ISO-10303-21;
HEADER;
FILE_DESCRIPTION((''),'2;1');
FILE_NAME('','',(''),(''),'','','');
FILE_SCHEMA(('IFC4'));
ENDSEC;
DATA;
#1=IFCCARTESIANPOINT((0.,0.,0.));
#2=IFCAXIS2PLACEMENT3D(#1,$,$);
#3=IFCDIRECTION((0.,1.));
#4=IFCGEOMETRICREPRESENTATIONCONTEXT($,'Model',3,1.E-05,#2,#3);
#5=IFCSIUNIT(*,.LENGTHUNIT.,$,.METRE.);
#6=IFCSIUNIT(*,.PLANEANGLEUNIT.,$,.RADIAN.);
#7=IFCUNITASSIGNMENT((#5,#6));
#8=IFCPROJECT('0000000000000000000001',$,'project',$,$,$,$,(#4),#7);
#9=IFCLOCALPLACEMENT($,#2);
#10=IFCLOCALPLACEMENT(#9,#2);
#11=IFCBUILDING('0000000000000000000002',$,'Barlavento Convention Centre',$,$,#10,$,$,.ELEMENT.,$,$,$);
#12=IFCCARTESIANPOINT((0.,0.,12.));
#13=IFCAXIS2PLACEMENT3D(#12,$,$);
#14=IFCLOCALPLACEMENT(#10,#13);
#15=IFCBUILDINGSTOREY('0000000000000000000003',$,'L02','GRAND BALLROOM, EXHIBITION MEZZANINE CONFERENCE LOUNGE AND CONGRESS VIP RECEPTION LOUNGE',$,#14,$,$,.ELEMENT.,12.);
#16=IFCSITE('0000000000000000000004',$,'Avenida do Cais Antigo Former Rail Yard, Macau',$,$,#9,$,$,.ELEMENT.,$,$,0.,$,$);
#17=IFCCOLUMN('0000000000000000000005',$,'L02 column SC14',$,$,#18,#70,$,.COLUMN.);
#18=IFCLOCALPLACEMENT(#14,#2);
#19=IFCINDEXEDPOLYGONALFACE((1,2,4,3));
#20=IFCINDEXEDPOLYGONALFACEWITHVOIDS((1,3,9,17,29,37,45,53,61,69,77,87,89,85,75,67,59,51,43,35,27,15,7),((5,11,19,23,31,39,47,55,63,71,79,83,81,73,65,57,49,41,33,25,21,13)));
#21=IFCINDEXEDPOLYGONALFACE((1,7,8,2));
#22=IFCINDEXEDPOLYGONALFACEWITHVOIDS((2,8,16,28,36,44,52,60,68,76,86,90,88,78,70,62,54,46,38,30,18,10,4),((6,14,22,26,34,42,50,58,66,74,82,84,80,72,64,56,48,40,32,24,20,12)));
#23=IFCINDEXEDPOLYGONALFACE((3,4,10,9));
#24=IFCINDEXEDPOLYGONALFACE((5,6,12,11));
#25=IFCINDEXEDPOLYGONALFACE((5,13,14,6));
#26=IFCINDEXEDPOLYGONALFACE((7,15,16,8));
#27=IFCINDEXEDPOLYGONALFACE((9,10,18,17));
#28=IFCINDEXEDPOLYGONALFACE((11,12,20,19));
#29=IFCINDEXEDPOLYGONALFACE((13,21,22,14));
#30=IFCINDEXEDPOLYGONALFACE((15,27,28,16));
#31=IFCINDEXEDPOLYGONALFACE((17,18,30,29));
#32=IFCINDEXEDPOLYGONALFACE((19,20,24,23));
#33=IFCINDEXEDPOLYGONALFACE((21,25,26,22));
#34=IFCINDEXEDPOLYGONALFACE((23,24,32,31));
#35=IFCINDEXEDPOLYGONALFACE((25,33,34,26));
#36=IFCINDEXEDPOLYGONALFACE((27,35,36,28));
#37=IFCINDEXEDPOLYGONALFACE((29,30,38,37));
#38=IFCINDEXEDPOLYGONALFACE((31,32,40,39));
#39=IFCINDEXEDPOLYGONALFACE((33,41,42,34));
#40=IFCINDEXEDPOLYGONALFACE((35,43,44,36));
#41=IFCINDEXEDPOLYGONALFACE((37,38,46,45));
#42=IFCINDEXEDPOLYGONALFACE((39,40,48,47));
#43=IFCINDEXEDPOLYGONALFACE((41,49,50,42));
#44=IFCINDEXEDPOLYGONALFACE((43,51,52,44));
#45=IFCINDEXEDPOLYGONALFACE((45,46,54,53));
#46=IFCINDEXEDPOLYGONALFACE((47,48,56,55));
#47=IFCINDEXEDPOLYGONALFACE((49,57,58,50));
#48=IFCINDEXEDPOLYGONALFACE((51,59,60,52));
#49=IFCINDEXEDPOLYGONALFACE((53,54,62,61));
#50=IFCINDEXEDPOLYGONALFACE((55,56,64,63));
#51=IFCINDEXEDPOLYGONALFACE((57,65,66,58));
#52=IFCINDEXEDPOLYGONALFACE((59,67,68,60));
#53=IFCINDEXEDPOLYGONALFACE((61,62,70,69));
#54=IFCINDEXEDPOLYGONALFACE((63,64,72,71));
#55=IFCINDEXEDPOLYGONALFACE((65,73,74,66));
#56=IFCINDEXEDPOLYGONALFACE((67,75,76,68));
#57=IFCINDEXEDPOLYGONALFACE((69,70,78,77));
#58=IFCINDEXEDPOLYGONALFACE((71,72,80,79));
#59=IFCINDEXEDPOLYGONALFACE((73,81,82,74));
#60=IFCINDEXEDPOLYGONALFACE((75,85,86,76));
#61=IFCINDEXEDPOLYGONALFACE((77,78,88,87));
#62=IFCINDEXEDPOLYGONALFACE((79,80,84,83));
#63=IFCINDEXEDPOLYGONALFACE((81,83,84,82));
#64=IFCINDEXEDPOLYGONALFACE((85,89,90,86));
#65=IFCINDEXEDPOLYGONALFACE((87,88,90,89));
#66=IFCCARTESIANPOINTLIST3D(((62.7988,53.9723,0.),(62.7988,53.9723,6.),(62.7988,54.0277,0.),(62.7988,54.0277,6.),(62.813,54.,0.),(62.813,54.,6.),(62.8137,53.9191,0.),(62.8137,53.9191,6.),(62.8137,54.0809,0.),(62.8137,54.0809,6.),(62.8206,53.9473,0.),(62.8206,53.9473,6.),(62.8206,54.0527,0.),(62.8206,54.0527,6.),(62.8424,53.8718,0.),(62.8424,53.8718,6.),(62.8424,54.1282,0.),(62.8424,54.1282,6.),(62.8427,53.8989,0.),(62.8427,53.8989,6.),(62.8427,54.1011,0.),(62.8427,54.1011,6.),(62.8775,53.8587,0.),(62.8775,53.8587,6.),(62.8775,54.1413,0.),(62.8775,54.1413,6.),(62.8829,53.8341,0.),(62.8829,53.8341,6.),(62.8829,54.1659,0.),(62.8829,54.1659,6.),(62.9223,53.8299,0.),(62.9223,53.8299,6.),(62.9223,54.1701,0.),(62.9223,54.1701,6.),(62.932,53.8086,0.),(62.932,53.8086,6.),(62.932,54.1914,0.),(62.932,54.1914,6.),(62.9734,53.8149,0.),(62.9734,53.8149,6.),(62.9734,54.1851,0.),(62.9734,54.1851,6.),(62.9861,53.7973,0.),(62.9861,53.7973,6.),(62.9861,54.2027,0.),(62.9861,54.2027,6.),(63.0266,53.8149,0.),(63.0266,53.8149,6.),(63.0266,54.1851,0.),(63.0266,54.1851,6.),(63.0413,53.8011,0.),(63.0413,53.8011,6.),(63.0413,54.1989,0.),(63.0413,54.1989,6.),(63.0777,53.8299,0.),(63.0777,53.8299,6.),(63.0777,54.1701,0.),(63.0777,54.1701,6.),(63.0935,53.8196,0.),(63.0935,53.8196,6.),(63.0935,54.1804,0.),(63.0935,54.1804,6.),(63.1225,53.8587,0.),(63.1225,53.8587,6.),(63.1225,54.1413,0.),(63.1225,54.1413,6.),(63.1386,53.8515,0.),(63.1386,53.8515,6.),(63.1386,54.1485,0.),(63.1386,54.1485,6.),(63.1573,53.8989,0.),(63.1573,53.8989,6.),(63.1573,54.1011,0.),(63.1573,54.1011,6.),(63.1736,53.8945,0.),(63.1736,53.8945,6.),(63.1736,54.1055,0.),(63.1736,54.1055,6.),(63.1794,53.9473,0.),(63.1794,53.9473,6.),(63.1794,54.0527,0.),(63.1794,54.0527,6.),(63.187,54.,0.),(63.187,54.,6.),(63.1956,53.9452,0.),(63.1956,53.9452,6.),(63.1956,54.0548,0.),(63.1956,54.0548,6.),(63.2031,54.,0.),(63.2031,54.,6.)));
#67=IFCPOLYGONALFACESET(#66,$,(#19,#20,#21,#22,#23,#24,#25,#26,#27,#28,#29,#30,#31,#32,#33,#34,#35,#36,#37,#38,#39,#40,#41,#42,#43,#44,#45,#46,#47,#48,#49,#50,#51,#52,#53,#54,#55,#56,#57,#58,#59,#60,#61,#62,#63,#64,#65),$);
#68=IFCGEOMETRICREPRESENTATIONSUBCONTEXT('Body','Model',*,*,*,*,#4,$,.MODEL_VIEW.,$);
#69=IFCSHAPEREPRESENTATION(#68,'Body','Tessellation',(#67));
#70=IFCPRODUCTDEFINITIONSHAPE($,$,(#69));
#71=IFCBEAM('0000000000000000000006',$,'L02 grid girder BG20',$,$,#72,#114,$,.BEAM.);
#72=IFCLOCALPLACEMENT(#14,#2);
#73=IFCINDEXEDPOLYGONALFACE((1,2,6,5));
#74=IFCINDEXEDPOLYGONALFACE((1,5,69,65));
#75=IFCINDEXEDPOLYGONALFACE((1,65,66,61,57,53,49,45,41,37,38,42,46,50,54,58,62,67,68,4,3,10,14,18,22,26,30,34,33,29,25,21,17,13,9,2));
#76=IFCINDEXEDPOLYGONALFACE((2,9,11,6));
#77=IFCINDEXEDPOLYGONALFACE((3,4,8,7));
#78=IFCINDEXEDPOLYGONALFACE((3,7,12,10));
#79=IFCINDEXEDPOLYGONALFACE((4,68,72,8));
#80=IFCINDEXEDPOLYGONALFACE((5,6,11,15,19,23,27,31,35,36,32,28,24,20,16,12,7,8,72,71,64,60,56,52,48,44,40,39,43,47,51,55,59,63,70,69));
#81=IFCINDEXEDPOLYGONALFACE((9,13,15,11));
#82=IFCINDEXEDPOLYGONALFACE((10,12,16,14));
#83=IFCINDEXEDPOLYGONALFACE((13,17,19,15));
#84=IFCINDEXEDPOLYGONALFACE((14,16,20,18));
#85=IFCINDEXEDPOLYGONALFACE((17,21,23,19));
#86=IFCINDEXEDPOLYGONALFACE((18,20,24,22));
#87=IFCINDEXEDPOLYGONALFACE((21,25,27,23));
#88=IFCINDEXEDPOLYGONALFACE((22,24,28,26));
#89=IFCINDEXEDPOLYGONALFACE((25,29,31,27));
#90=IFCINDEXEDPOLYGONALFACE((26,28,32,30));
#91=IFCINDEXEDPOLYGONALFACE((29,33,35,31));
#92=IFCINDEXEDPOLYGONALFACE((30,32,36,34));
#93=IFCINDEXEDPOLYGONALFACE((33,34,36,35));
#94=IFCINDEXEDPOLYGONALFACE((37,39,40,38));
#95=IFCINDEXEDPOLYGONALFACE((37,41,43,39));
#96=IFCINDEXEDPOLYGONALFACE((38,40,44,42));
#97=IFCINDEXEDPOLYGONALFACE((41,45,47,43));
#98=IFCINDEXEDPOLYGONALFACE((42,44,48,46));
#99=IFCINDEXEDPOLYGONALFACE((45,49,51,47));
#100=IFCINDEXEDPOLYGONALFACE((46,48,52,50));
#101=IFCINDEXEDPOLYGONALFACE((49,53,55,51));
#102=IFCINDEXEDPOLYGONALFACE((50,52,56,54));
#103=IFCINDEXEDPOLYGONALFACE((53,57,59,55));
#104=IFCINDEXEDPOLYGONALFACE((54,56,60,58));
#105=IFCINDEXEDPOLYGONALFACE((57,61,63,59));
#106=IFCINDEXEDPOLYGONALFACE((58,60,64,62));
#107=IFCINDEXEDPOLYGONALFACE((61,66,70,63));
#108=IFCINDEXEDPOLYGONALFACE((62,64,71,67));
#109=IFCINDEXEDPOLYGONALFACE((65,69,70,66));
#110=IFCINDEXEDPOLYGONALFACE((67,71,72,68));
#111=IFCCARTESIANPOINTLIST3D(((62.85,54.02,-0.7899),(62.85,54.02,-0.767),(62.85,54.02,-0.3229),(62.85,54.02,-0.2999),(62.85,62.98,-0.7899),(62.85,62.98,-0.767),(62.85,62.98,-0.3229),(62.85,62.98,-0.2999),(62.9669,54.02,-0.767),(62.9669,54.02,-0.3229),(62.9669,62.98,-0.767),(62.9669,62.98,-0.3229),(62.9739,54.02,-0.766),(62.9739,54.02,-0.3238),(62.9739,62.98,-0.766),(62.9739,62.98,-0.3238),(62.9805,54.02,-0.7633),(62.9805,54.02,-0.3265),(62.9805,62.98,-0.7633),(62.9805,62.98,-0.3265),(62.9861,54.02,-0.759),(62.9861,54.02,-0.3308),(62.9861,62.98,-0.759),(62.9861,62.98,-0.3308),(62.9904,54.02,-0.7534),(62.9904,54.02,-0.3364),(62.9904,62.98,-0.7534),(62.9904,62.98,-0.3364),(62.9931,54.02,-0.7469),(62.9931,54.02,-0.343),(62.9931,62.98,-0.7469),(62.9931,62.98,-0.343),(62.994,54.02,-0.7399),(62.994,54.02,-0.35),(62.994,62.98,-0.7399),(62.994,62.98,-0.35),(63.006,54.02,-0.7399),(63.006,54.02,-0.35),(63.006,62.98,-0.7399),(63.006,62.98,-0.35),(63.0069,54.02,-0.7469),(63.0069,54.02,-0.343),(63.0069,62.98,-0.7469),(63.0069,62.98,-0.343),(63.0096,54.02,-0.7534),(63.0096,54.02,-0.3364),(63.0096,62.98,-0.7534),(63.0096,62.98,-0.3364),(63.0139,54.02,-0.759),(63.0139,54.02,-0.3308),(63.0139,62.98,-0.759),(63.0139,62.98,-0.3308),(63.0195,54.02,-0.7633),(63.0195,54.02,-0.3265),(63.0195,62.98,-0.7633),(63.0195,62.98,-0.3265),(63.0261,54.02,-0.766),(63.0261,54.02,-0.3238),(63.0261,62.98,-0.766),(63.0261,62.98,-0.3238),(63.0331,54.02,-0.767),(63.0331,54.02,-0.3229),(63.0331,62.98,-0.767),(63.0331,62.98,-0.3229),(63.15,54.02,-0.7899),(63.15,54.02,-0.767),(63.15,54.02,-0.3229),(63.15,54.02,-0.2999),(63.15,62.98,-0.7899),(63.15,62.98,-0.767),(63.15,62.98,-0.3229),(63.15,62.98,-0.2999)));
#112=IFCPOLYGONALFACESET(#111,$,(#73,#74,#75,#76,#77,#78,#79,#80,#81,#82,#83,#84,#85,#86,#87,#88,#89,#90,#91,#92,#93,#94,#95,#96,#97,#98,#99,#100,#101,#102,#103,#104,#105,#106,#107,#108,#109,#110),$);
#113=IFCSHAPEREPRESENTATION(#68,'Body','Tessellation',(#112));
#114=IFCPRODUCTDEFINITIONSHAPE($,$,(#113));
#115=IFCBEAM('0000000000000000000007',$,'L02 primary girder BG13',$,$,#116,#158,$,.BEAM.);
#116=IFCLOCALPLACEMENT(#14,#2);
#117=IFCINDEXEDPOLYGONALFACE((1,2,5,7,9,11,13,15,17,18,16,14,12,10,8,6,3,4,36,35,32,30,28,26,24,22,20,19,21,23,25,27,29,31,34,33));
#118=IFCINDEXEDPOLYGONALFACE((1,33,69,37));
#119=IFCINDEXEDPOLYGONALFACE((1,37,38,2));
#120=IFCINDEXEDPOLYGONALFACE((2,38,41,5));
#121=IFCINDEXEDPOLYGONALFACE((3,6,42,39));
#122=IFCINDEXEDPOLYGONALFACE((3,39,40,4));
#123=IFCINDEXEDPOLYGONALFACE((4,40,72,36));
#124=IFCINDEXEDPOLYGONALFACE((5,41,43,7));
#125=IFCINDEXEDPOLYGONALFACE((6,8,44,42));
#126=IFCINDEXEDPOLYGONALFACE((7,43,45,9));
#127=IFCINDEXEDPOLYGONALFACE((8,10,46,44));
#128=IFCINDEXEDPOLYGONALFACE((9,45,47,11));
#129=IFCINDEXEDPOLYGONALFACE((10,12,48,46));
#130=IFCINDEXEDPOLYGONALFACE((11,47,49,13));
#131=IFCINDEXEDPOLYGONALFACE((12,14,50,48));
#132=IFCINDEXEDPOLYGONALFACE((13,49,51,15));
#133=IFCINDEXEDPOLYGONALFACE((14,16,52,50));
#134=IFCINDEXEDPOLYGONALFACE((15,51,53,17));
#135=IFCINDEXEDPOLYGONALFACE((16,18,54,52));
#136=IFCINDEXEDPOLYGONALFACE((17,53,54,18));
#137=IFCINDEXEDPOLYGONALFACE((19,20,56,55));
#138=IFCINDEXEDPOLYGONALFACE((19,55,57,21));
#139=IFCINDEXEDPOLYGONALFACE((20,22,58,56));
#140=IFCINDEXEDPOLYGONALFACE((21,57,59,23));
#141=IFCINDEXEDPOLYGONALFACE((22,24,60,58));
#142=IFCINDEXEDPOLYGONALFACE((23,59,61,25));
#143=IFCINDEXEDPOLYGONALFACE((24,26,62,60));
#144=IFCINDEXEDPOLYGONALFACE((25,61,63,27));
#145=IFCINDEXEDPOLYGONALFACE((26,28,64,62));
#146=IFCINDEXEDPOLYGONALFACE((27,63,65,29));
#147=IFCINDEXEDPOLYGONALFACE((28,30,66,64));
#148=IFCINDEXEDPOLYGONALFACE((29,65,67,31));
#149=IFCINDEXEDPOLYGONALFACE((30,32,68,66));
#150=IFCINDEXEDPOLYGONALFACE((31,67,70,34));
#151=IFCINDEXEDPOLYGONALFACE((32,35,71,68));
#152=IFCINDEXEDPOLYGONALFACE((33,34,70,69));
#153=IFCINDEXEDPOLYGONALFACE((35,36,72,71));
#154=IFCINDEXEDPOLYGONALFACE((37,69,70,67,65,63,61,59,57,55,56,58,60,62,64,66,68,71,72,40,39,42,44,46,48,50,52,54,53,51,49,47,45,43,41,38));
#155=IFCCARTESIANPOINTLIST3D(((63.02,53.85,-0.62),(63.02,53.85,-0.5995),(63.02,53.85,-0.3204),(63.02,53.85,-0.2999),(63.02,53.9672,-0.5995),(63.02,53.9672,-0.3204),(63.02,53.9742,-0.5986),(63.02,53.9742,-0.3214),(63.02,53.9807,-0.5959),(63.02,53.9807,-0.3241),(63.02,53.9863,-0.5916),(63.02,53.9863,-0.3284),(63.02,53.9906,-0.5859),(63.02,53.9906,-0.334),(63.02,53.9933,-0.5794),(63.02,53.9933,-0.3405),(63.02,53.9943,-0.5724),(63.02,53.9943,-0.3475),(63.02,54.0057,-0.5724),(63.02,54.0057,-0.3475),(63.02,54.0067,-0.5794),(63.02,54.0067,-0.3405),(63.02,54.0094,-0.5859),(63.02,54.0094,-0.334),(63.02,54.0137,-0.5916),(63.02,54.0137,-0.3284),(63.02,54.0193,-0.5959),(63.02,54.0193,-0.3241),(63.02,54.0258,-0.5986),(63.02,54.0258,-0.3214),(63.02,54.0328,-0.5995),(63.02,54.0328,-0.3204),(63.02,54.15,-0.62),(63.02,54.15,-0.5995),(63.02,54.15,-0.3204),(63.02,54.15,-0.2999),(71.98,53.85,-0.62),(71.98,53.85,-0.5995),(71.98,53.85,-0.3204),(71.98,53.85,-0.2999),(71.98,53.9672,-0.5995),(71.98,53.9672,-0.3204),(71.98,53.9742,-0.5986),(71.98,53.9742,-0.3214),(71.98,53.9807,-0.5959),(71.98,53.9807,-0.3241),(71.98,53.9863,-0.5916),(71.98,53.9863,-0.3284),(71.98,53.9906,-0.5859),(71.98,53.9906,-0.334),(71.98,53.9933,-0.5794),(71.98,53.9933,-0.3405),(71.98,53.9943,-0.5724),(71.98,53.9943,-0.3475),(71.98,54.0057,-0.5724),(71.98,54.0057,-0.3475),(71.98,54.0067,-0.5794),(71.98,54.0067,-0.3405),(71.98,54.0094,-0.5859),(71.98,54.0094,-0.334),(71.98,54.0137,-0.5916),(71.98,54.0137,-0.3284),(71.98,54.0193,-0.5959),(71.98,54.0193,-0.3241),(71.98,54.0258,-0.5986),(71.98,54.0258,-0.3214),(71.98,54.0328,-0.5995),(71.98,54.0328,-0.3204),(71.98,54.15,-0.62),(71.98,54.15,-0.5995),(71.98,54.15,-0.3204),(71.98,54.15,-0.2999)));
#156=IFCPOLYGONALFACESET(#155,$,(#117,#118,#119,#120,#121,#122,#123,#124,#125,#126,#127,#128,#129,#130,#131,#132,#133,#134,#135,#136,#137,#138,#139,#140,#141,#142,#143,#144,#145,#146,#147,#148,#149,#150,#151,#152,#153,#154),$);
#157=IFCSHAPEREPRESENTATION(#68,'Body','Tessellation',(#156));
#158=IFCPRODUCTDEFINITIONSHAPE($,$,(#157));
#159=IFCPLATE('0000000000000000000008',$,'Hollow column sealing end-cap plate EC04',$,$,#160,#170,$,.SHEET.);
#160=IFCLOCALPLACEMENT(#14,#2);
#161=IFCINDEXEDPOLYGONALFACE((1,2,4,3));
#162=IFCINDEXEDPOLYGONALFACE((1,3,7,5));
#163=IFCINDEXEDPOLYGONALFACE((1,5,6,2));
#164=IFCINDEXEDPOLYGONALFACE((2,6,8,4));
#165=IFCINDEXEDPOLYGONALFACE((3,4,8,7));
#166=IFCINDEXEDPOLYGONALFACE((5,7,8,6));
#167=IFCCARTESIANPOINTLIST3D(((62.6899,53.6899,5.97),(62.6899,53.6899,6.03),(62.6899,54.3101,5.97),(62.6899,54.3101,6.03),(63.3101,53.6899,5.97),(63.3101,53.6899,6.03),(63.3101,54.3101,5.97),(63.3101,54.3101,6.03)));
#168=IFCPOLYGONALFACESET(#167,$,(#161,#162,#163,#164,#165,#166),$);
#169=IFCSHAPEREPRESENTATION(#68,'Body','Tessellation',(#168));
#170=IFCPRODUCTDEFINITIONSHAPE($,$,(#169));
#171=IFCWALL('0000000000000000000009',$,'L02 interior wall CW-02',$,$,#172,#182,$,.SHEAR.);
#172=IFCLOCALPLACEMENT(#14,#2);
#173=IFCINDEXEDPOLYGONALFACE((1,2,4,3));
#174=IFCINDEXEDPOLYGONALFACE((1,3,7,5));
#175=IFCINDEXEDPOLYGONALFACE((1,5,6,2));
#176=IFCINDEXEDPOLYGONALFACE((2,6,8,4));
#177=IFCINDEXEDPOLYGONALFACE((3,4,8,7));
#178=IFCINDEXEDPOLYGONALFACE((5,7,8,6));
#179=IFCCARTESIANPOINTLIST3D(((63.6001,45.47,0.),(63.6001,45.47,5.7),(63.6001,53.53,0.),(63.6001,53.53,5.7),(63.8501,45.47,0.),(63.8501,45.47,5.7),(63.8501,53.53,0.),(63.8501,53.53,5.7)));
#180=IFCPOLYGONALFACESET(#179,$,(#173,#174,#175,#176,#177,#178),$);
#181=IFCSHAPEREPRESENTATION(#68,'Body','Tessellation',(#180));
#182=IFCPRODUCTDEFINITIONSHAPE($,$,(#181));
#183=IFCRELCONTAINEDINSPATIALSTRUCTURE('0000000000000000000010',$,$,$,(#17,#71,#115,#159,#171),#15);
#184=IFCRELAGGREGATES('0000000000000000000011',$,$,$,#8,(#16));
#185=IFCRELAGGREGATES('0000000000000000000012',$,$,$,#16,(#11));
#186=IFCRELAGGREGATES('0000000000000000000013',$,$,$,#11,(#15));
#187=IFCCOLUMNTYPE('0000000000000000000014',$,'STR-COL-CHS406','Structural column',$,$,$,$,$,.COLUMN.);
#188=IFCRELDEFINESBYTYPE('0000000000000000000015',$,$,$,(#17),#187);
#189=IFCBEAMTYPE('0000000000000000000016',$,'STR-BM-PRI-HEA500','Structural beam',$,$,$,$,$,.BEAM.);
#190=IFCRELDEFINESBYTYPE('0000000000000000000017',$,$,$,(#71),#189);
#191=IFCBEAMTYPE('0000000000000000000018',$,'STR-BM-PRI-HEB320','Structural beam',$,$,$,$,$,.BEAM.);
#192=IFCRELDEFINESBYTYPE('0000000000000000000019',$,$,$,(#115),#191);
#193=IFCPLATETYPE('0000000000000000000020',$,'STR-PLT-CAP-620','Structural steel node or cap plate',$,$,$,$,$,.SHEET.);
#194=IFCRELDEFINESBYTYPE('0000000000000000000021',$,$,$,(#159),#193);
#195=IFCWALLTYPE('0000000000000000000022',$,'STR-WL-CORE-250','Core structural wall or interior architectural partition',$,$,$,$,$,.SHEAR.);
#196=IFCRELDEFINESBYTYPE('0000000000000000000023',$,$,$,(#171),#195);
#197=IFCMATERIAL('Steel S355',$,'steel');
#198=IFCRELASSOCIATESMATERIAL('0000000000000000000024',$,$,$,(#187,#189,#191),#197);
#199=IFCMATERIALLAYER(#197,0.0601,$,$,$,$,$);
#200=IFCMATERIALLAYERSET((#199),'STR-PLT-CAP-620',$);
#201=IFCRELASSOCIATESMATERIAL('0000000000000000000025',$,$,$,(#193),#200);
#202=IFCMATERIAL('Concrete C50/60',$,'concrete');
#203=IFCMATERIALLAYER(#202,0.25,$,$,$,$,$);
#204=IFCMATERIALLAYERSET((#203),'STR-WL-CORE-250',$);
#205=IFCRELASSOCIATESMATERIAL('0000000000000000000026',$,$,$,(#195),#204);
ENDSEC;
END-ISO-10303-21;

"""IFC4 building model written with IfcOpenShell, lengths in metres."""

from ifc_helpers import new_model, si_unit, direction, frame, frame_2d, origin, origin_2d, place, context, subcontext, project, spatial, rectangle, hollow_circle, i_section, extrude, material, layer, layer_set, material_profile, profile_set, type_object, element, save


model = new_model("IFC4")

# Units and contexts
model_context = context("Model", 3, precision=1e-05, world=origin(), true_north=direction((0.0, 1.0)))
body_context = subcontext(model_context, "Body", "Model", "MODEL_VIEW")
ifc_project = project(units=[si_unit("LENGTHUNIT", "METRE"), si_unit("PLANEANGLEUNIT", "RADIAN")], contexts=[model_context])

# Site, building, storey
site_placement = place(None, origin())
site = spatial("IfcSite", under=ifc_project, at=site_placement, Name="Avenida do Cais Antigo Former Rail Yard, Macau", CompositionType="ELEMENT", RefElevation=0.0)
building_placement = place(site_placement, origin())
building = spatial("IfcBuilding", under=site, at=building_placement, Name="Barlavento Convention Centre", CompositionType="ELEMENT")
storey_placement = place(building_placement, frame((0.0, 0.0, 12.0)))
storey = spatial("IfcBuildingStorey", under=building, at=storey_placement, Name="L02", Description="GRAND BALLROOM, EXHIBITION MEZZANINE CONFERENCE LOUNGE AND CONGRESS VIP RECEPTION LOUNGE", CompositionType="ELEMENT", Elevation=12.0)

# Column
ifc_material_1 = material(Name="Steel S355", Category="steel")
ifc_material_profile_1 = material_profile(ifc_material_1, hollow_circle(Radius=0.2031, WallThickness=0.0161, at=origin_2d()), Name="CHS 406.4x16.0")
ifc_profile_set_1 = profile_set([ifc_material_profile_1], Name="Steel S355")
column_type = type_object("IfcColumnType", Name="STR-COL-CHS406", Description="Structural column", PredefinedType="COLUMN", material=ifc_profile_set_1)
column_placement = place(storey_placement, frame((63.0, 54.0, 0.0), z_axis=(0.0, 0.0, 1.0), x_axis=(1.0, 0.0, 0.0)))
element("IfcColumn", 1, at=column_placement, inside=storey, type_object=column_type, Name="L02 column SC14", PredefinedType="COLUMN", context=body_context, shape_type="SweptSolid", body=[
    extrude(hollow_circle(Radius=0.2031, WallThickness=0.0161, at=origin_2d()), origin(), (0.0, 0.0, 1.0), 6.0),
])

# Beams
ifc_material_profile_2 = material_profile(ifc_material_1, i_section(OverallWidth=0.3, OverallDepth=0.49, WebThickness=0.012, FlangeThickness=0.0229, FilletRadius=0.0271, at=origin_2d()), Name="HEA 500")
ifc_profile_set_2 = profile_set([ifc_material_profile_2], Name="Steel S355")
beam_type_1 = type_object("IfcBeamType", Name="STR-BM-PRI-HEA500", Description="Structural beam", PredefinedType="BEAM", material=ifc_profile_set_2)
beam_1_placement = place(storey_placement, frame((63.0, 54.02, -0.5449), z_axis=(0.0, 1.0, 0.0), x_axis=(-1.0, 0.0, 0.0)))
element("IfcBeam", 2, at=beam_1_placement, inside=storey, type_object=beam_type_1, Name="L02 grid girder BG20", PredefinedType="BEAM", context=body_context, shape_type="SweptSolid", body=[
    extrude(i_section(OverallWidth=0.3, OverallDepth=0.49, WebThickness=0.012, FlangeThickness=0.0229, FilletRadius=0.0271, at=origin_2d()), origin(), (0.0, 0.0, 1.0), 8.96),
])
ifc_material_profile_3 = material_profile(ifc_material_1, i_section(OverallWidth=0.3, OverallDepth=0.3201, WebThickness=0.0115, FlangeThickness=0.0205, FilletRadius=0.0271, at=origin_2d()), Name="HEB 320")
ifc_profile_set_3 = profile_set([ifc_material_profile_3], Name="Steel S355")
beam_type_2 = type_object("IfcBeamType", Name="STR-BM-PRI-HEB320", Description="Structural beam", PredefinedType="BEAM", material=ifc_profile_set_3)
beam_2_placement = place(storey_placement, frame((63.02, 54.0, -0.46), z_axis=(1.0, 0.0, 0.0), x_axis=(0.0, 1.0, 0.0)))
element("IfcBeam", 3, at=beam_2_placement, inside=storey, type_object=beam_type_2, Name="L02 primary girder BG13", PredefinedType="BEAM", context=body_context, shape_type="SweptSolid", body=[
    extrude(i_section(OverallWidth=0.3, OverallDepth=0.3201, WebThickness=0.0115, FlangeThickness=0.0205, FilletRadius=0.0271, at=origin_2d()), origin(), (0.0, 0.0, 1.0), 8.96),
])

# Plate
ifc_layer_1 = layer(ifc_material_1, 0.0601)
ifc_layer_set_1 = layer_set([ifc_layer_1], Name="STR-PLT-CAP-620")
plate_type = type_object("IfcPlateType", Name="STR-PLT-CAP-620", Description="Structural steel node or cap plate", PredefinedType="SHEET", material=ifc_layer_set_1)
plate_placement = place(storey_placement, frame((63.0, 54.0, 5.97), z_axis=(0.0, 0.0, 1.0), x_axis=(1.0, 0.0, 0.0)))
element("IfcPlate", 4, at=plate_placement, inside=storey, type_object=plate_type, Name="Hollow column sealing end-cap plate EC04", PredefinedType="SHEET", context=body_context, shape_type="SweptSolid", body=[
    extrude(rectangle(XDim=0.6201, YDim=0.6201, at=origin_2d()), origin(), (0.0, 0.0, 1.0), 0.0601),
])

# Wall
ifc_material_2 = material(Name="Concrete C50/60", Category="concrete")
ifc_layer_2 = layer(ifc_material_2, 0.25)
ifc_layer_set_2 = layer_set([ifc_layer_2], Name="STR-WL-CORE-250")
wall_type = type_object("IfcWallType", Name="STR-WL-CORE-250", Description="Core structural wall or interior architectural partition", PredefinedType="SHEAR", material=ifc_layer_set_2)
wall_1_placement = place(storey_placement, frame((63.7251, 45.47, 0.0), z_axis=(0.0, 0.0, 1.0), x_axis=(0.0, 1.0, 0.0)))
element("IfcWall", 5, at=wall_1_placement, inside=storey, type_object=wall_type, Name="L02 interior wall CW-02", PredefinedType="SHEAR", context=body_context, shape_type="SweptSolid", body=[
    extrude(rectangle(XDim=8.0601, YDim=0.25, at=frame_2d((4.03, 0.0))), origin(), (0.0, 0.0, 1.0), 5.7),
])

save(model, "model.ifc")
